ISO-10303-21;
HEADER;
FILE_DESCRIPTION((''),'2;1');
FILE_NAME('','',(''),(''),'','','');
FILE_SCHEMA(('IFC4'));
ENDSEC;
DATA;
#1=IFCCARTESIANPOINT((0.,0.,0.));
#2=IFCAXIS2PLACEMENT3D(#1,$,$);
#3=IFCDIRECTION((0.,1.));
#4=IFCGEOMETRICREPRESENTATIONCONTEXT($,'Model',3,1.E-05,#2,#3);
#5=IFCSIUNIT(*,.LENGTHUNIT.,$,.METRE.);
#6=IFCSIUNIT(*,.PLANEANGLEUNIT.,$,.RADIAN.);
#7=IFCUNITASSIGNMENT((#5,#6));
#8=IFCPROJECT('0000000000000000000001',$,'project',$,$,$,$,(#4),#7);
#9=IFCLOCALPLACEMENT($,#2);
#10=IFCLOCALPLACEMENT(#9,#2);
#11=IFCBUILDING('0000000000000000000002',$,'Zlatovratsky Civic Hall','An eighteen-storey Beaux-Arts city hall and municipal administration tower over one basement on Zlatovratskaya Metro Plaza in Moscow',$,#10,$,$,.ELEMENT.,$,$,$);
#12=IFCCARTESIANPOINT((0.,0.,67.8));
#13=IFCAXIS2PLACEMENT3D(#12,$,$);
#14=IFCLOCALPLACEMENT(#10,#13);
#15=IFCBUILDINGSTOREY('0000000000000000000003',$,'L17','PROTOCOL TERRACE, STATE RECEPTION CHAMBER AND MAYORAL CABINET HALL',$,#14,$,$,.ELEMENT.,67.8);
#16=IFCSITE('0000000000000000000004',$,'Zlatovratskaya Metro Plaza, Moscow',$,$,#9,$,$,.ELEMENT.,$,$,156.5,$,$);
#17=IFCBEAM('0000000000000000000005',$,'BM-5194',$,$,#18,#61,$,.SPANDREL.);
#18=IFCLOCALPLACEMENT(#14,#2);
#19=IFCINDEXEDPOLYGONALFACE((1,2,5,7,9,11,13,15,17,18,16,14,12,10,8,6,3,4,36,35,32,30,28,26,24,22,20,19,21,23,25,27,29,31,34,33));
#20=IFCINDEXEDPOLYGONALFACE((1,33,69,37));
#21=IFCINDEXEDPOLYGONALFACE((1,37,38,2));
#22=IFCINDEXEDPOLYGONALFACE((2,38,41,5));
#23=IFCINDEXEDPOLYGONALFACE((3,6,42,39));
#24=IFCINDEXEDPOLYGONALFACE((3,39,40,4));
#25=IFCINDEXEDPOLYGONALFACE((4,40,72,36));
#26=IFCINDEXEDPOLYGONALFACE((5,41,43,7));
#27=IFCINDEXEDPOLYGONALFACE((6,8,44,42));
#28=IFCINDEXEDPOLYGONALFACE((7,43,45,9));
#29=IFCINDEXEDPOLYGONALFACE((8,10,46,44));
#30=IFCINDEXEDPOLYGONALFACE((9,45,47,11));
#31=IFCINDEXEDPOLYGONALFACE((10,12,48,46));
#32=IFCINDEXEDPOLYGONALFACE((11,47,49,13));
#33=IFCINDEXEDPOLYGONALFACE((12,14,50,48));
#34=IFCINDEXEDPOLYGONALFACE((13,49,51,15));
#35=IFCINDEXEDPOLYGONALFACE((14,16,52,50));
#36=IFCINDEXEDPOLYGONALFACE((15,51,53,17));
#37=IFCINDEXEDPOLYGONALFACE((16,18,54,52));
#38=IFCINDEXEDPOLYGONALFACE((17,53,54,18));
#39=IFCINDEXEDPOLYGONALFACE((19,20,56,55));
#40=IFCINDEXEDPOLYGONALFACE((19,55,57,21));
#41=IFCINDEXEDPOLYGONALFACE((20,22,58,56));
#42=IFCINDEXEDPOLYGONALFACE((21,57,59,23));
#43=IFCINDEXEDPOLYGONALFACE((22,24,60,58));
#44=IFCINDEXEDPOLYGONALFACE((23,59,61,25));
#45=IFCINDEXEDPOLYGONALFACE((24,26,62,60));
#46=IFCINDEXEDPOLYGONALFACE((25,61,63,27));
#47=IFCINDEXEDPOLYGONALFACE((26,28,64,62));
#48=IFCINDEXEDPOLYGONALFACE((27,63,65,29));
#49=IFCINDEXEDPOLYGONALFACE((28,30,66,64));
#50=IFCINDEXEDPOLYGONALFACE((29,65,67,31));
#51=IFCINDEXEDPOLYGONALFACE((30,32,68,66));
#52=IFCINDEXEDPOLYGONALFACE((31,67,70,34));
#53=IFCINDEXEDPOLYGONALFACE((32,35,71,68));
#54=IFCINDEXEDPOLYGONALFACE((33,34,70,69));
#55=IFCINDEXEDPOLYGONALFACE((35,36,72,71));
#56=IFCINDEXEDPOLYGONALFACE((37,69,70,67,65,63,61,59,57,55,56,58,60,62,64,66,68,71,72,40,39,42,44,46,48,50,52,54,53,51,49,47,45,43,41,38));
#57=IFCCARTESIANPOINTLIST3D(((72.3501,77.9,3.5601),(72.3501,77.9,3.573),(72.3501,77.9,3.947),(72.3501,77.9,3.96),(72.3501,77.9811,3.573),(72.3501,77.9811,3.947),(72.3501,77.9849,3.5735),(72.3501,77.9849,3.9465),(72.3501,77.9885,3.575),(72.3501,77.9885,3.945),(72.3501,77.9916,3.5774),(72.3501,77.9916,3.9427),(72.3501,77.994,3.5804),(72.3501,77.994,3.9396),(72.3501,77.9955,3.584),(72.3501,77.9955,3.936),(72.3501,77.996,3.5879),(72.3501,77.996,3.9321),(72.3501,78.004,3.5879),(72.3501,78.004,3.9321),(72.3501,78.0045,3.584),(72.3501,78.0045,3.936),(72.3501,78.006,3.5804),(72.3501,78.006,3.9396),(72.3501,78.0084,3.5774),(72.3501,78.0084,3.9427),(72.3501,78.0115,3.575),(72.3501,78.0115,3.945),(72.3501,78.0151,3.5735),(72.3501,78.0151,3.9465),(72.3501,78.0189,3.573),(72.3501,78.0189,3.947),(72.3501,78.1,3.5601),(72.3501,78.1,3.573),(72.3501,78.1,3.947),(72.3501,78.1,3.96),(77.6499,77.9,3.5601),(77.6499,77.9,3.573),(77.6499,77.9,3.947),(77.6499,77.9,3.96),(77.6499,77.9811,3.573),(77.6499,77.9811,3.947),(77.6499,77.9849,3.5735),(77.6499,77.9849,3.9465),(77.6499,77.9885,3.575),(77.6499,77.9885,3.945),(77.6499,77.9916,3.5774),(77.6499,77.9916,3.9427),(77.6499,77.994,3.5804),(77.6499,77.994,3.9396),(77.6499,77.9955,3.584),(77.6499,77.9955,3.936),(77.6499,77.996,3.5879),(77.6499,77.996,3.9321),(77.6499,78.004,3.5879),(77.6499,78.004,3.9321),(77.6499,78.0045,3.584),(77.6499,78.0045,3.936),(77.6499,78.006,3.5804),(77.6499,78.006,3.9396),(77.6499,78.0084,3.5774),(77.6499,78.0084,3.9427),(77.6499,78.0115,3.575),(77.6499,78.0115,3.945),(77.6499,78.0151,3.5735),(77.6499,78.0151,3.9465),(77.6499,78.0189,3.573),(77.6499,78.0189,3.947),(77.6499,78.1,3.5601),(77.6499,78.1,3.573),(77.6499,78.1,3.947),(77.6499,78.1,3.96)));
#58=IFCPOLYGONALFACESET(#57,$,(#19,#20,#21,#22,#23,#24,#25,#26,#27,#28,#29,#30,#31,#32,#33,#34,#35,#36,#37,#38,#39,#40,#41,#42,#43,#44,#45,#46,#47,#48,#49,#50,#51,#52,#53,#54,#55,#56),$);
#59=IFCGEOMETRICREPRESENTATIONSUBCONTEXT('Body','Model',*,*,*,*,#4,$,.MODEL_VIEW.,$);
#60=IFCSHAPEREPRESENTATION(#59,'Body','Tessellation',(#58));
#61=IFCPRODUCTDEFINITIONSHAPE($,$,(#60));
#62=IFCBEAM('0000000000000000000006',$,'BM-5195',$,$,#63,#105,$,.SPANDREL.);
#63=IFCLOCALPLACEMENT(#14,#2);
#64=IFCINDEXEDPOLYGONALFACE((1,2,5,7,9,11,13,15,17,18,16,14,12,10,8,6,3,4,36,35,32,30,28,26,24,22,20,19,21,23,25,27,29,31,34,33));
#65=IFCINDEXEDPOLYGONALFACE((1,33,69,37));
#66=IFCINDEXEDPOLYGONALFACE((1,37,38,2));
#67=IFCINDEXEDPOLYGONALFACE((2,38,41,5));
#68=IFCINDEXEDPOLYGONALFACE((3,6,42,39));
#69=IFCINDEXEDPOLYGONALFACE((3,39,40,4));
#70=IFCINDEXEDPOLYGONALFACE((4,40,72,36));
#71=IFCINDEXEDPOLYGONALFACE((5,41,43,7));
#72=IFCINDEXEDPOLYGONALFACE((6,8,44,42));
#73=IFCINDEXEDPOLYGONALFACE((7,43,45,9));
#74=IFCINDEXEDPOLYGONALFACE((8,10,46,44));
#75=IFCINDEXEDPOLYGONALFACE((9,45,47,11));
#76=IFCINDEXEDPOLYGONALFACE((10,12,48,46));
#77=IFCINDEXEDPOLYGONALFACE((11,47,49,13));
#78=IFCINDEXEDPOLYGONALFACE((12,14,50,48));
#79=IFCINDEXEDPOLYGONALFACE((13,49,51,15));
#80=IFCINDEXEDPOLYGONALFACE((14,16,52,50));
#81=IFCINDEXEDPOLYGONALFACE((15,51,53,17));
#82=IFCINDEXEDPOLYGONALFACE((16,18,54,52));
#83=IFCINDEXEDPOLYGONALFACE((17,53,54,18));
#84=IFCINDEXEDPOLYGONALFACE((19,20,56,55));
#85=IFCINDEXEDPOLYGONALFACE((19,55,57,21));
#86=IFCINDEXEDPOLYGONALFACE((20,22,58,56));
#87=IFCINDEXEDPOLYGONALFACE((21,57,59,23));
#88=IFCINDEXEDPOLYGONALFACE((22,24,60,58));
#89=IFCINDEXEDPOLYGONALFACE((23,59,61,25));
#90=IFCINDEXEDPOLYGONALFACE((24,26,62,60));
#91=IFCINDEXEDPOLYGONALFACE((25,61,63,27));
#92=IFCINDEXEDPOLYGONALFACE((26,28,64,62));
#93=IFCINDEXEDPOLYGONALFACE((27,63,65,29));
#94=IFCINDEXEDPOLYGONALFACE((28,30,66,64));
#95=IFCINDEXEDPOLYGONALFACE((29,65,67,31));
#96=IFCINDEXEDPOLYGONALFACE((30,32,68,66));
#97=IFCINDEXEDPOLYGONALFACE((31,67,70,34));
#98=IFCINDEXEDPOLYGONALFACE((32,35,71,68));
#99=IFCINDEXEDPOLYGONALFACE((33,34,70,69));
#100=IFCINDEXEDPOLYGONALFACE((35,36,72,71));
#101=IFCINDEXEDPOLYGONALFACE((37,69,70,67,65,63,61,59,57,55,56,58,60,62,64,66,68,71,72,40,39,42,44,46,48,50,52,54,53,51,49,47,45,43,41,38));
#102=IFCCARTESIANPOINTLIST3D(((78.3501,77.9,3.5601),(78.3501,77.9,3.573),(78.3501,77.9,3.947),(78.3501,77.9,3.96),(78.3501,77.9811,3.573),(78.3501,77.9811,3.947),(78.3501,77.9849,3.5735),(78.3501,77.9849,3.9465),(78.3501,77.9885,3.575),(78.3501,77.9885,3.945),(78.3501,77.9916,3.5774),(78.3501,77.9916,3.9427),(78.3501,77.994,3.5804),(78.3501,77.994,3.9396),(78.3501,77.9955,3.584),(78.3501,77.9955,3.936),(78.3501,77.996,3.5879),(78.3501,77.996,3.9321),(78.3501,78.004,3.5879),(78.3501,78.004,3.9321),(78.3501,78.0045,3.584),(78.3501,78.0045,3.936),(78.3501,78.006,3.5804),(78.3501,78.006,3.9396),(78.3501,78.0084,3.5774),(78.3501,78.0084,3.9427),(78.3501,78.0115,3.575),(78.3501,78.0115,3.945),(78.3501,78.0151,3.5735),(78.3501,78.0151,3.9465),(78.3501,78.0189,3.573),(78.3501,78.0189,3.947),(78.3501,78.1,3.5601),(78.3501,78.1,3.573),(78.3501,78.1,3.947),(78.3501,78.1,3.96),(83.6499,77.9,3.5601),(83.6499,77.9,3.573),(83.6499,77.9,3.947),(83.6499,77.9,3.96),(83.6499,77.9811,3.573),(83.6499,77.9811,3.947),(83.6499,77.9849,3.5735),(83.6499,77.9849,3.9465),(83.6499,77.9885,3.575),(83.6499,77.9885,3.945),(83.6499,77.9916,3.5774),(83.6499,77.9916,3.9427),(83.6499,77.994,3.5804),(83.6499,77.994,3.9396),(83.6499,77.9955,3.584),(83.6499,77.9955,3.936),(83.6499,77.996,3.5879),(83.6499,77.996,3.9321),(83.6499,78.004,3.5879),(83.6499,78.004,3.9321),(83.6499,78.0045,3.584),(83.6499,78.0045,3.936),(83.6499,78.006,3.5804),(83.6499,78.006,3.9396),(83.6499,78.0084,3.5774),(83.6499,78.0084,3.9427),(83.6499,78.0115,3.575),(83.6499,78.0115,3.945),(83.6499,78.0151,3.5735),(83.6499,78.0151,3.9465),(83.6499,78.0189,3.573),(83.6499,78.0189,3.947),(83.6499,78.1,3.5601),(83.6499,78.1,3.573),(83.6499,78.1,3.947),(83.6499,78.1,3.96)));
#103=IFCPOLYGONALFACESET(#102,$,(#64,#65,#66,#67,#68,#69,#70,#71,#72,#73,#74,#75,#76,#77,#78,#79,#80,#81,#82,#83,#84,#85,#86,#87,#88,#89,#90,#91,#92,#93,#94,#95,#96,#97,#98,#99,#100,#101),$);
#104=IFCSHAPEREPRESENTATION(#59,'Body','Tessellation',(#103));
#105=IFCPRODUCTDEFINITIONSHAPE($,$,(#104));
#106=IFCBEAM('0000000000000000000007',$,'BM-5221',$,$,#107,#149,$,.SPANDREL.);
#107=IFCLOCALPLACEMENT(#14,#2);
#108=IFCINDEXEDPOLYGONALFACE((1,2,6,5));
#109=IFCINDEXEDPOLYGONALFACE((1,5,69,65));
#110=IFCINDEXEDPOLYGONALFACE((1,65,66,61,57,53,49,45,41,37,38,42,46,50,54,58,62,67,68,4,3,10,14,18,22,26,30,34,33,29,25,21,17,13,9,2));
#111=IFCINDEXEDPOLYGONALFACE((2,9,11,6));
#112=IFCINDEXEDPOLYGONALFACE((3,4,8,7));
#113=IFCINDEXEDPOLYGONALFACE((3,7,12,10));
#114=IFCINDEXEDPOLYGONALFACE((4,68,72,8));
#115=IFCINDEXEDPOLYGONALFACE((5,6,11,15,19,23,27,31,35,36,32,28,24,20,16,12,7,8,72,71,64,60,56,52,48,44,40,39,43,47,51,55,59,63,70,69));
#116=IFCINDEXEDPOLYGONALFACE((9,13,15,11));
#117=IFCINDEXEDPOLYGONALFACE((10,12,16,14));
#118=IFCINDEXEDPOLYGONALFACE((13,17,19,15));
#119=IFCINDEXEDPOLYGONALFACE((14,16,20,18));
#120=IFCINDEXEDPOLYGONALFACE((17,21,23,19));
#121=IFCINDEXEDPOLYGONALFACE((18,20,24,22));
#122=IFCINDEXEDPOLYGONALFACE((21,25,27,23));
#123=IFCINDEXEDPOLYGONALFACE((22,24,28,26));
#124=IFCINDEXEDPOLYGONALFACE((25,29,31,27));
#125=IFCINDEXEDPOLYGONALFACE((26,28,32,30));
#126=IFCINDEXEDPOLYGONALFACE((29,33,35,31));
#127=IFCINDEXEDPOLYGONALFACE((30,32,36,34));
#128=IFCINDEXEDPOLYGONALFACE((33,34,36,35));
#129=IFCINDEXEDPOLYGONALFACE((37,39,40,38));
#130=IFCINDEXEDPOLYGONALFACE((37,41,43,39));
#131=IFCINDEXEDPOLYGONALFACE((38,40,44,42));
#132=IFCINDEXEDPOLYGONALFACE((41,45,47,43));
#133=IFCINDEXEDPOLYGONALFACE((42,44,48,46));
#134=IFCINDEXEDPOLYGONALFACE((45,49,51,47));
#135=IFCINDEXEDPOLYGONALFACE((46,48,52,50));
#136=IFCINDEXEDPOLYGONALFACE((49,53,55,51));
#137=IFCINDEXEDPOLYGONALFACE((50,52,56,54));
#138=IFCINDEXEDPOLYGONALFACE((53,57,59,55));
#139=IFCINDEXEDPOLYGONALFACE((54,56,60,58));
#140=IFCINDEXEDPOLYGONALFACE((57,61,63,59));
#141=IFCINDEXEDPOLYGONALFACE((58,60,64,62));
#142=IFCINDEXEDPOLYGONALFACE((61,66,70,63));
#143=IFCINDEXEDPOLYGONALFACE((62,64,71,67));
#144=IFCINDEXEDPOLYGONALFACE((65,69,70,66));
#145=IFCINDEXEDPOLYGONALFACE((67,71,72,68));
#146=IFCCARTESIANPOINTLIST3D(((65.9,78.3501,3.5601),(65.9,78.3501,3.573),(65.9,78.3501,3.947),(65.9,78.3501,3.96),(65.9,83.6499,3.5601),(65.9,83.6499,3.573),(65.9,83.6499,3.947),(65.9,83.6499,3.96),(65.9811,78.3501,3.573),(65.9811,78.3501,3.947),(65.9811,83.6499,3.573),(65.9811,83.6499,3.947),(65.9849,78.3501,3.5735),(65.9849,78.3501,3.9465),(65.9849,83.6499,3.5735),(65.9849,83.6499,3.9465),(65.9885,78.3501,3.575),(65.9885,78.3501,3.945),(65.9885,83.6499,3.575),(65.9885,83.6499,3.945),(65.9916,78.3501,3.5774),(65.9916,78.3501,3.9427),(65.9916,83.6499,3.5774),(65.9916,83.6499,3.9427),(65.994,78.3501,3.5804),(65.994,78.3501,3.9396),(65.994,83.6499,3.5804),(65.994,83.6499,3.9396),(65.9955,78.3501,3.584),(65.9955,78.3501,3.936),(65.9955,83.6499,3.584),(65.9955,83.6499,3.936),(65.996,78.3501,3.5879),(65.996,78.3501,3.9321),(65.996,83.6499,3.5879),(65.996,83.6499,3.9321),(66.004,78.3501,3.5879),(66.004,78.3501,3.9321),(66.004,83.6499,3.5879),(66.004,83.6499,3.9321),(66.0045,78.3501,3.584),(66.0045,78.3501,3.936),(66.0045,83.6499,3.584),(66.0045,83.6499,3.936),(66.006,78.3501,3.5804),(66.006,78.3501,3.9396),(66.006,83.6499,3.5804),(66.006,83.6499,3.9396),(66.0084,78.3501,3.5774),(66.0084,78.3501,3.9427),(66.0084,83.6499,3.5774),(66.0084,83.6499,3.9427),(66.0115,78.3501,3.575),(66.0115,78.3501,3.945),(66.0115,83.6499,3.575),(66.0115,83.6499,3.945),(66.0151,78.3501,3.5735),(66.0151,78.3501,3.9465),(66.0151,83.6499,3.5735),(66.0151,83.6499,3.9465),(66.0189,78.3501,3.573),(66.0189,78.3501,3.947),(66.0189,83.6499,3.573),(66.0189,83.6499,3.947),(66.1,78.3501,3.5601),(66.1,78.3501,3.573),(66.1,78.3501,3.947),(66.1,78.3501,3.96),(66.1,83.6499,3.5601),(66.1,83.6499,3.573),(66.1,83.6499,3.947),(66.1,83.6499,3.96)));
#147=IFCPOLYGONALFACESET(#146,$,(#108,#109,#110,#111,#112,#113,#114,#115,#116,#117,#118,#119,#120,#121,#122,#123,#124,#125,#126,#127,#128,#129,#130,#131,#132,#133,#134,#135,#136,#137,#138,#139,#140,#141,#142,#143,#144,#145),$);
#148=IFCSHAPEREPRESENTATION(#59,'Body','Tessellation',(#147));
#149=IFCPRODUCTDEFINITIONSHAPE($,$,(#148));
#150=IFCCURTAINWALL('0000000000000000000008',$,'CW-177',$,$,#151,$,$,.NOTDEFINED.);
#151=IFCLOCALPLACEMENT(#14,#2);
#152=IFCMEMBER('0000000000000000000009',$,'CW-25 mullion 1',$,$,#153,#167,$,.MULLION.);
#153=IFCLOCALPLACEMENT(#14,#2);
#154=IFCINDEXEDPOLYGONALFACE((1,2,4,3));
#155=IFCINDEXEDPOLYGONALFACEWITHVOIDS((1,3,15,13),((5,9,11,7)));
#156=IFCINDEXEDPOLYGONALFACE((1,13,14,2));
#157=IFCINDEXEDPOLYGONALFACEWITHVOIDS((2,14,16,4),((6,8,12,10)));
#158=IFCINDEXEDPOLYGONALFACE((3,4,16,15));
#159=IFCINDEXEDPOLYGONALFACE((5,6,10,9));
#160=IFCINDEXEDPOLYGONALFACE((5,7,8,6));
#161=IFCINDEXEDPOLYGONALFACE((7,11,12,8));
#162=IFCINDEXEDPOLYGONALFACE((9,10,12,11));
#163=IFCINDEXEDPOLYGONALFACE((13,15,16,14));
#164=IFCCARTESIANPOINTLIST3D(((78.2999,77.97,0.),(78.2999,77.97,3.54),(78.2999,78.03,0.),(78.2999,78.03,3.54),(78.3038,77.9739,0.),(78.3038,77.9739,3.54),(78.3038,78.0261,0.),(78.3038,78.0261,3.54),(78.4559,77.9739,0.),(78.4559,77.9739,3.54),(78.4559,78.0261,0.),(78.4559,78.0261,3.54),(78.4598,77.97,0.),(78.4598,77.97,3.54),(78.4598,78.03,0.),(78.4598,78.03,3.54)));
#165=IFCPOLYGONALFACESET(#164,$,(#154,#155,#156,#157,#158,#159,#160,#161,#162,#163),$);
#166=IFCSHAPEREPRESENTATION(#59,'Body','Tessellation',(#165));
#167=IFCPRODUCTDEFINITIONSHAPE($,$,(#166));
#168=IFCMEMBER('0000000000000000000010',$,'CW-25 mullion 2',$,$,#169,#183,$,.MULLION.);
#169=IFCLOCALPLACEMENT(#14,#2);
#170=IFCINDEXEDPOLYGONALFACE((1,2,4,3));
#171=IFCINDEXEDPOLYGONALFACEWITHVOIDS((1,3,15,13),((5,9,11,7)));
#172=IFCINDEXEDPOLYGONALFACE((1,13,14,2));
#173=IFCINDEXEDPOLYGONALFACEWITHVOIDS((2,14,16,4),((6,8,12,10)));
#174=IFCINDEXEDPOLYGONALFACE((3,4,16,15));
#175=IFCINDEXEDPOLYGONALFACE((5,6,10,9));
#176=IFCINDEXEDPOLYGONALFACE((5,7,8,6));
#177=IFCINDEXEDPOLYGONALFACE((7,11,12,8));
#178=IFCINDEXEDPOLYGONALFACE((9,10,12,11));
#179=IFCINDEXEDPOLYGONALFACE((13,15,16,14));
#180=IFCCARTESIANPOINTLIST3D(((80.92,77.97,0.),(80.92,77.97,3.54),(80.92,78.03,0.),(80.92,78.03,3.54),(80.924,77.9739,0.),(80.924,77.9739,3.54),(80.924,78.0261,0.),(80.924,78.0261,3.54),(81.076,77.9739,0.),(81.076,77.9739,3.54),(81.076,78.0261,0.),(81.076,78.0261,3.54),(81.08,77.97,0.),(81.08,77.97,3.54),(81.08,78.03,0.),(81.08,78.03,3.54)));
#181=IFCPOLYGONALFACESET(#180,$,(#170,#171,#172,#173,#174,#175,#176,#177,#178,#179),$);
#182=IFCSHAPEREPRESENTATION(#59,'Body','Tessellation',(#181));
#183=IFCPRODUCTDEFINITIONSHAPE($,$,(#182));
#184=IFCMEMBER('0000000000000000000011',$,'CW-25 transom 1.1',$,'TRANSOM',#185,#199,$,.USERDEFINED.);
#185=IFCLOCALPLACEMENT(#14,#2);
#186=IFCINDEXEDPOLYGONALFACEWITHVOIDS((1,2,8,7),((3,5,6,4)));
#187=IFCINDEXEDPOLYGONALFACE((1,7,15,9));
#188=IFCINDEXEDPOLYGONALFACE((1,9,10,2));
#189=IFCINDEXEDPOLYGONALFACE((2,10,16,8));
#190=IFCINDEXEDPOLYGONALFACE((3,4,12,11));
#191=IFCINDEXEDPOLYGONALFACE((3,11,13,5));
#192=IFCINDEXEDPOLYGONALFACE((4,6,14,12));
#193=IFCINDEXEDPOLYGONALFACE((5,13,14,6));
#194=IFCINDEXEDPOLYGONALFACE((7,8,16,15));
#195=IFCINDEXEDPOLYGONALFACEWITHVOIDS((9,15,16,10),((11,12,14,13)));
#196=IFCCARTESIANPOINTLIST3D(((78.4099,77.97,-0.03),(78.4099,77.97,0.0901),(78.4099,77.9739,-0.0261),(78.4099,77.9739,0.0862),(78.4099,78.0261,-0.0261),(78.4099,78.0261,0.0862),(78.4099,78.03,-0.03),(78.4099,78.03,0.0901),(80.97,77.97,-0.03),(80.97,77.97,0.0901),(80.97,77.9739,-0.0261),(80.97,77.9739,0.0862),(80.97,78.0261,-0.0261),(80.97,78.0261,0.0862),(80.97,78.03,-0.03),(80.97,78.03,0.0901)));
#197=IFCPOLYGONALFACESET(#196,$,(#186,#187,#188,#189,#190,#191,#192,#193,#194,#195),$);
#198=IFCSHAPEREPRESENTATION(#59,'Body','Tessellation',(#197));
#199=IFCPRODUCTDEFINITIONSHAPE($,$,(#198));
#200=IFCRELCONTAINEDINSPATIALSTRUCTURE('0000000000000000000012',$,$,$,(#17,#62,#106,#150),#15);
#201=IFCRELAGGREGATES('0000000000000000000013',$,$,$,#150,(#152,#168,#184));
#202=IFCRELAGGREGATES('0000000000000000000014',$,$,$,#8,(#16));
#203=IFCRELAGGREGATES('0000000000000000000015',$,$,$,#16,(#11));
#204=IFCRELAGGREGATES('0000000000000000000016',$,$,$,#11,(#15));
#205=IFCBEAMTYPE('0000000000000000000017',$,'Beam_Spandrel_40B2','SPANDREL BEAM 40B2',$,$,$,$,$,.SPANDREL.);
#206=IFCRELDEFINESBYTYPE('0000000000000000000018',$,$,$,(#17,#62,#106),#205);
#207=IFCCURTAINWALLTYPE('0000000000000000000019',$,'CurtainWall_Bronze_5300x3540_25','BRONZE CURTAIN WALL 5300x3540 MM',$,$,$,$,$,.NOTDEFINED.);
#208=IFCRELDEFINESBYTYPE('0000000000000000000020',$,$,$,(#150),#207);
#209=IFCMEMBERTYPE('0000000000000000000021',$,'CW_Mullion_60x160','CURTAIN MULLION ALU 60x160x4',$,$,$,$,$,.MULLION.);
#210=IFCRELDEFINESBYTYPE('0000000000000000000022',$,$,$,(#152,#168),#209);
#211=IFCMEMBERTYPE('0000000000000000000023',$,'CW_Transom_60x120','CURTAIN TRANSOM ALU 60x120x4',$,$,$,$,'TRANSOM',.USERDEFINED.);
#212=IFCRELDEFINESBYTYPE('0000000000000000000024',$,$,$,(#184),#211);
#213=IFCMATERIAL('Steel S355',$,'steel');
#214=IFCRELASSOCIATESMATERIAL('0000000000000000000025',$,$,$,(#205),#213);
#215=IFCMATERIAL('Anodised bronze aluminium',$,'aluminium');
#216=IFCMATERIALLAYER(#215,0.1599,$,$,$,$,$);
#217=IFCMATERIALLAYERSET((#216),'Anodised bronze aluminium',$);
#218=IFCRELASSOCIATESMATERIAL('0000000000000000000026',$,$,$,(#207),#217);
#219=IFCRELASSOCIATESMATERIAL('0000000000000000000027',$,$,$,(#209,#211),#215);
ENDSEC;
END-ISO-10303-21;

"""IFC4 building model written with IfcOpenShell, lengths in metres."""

from ifc_helpers import new_model, si_unit, direction, frame, origin, origin_2d, place, context, subcontext, project, spatial, hollow_rectangle, i_section, extrude, material, layer, layer_set, material_profile, profile_set, type_object, element, aggregate, save


model = new_model("IFC4")

# Units and contexts
model_context = context("Model", 3, precision=1e-05, world=origin(), true_north=direction((0.0, 1.0)))
body_context = subcontext(model_context, "Body", "Model", "MODEL_VIEW")
ifc_project = project(units=[si_unit("LENGTHUNIT", "METRE"), si_unit("PLANEANGLEUNIT", "RADIAN")], contexts=[model_context])

# Site, building, storey
site_placement = place(None, origin())
site = spatial("IfcSite", under=ifc_project, at=site_placement, Name="Zlatovratskaya Metro Plaza, Moscow", CompositionType="ELEMENT", RefElevation=156.5)
building_placement = place(site_placement, origin())
building = spatial("IfcBuilding", under=site, at=building_placement, Name="Zlatovratsky Civic Hall", Description="An eighteen-storey Beaux-Arts city hall and municipal administration tower over one basement on Zlatovratskaya Metro Plaza in Moscow", CompositionType="ELEMENT")
storey_placement = place(building_placement, frame((0.0, 0.0, 67.8)))
storey = spatial("IfcBuildingStorey", under=building, at=storey_placement, Name="L17", Description="PROTOCOL TERRACE, STATE RECEPTION CHAMBER AND MAYORAL CABINET HALL", CompositionType="ELEMENT", Elevation=67.8)

# Beams
ifc_material_1 = material(Name="Steel S355", Category="steel")
ifc_material_profile_1 = material_profile(ifc_material_1, i_section(OverallWidth=0.2, OverallDepth=0.3999, WebThickness=0.0081, FlangeThickness=0.0129, FilletRadius=0.0149, at=origin_2d()), Name="40B2")
ifc_profile_set_1 = profile_set([ifc_material_profile_1], Name="Steel S355")
beam_type_1 = type_object("IfcBeamType", Name="Beam_Spandrel_40B2", Description="SPANDREL BEAM 40B2", PredefinedType="SPANDREL", material=ifc_profile_set_1)
for number, where, z_axis, x_axis, name in (
    (1, (72.3501, 78.0, 3.76), (1.0, 0.0, 0.0), (0.0, 1.0, 0.0), "BM-5194"),
    (2, (78.3501, 78.0, 3.76), (1.0, 0.0, 0.0), (0.0, 1.0, 0.0), "BM-5195"),
    (3, (66.0, 78.3501, 3.76), (0.0, 1.0, 0.0), (-1.0, 0.0, 0.0), "BM-5221"),
):
    element("IfcBeam", number, at=place(storey_placement, frame(where, z_axis=z_axis, x_axis=x_axis)), inside=storey, type_object=beam_type_1, Name=name, PredefinedType="SPANDREL", context=body_context, shape_type="SweptSolid", body=[
        extrude(i_section(OverallWidth=0.2, OverallDepth=0.3999, WebThickness=0.0081, FlangeThickness=0.0129, FilletRadius=0.0149, at=origin_2d()), origin(), (0.0, 0.0, 1.0), 5.2998),
    ])

# Curtain wall, members
ifc_material_2 = material(Name="Anodised bronze aluminium", Category="aluminium")
ifc_layer_1 = layer(ifc_material_2, 0.1599)
ifc_layer_set_1 = layer_set([ifc_layer_1], Name="Anodised bronze aluminium")
curtain_wall_type = type_object("IfcCurtainWallType", Name="CurtainWall_Bronze_5300x3540_25", Description="BRONZE CURTAIN WALL 5300x3540 MM", PredefinedType="NOTDEFINED", material=ifc_layer_set_1)
curtain_wall_placement = place(storey_placement, origin())
curtain_wall = element("IfcCurtainWall", 4, at=curtain_wall_placement, inside=storey, type_object=curtain_wall_type, Name="CW-177", PredefinedType="NOTDEFINED")
ifc_material_profile_2 = material_profile(ifc_material_2, hollow_rectangle(XDim=0.0601, YDim=0.1599, WallThickness=0.0039, at=origin_2d()), Name="ALU 60x160x4")
ifc_profile_set_2 = profile_set([ifc_material_profile_2], Name="Anodised bronze aluminium")
member_type_1 = type_object("IfcMemberType", Name="CW_Mullion_60x160", Description="CURTAIN MULLION ALU 60x160x4", PredefinedType="MULLION", material=ifc_profile_set_2)
member_1_placement = place(storey_placement, frame((78.3799, 78.0, 0.0), z_axis=(0.0, 0.0, 1.0), x_axis=(0.0, 1.0, 0.0)))
member_1 = element("IfcMember", 5, at=member_1_placement, type_object=member_type_1, Name="CW-25 mullion 1", PredefinedType="MULLION", context=body_context, shape_type="SweptSolid", body=[
    extrude(hollow_rectangle(XDim=0.0601, YDim=0.1599, WallThickness=0.0039, at=origin_2d()), origin(), (0.0, 0.0, 1.0), 3.54),
])
member_2_placement = place(storey_placement, frame((81.0, 78.0, 0.0), z_axis=(0.0, 0.0, 1.0), x_axis=(0.0, 1.0, 0.0)))
member_2 = element("IfcMember", 6, at=member_2_placement, type_object=member_type_1, Name="CW-25 mullion 2", PredefinedType="MULLION", context=body_context, shape_type="SweptSolid", body=[
    extrude(hollow_rectangle(XDim=0.0601, YDim=0.1599, WallThickness=0.0039, at=origin_2d()), origin(), (0.0, 0.0, 1.0), 3.54),
])
ifc_material_profile_3 = material_profile(ifc_material_2, hollow_rectangle(XDim=0.0601, YDim=0.1201, WallThickness=0.0039, at=origin_2d()), Name="ALU 60x120x4")
ifc_profile_set_3 = profile_set([ifc_material_profile_3], Name="Anodised bronze aluminium")
member_type_2 = type_object("IfcMemberType", Name="CW_Transom_60x120", Description="CURTAIN TRANSOM ALU 60x120x4", ElementType="TRANSOM", PredefinedType="USERDEFINED", material=ifc_profile_set_3)
member_3_placement = place(storey_placement, frame((78.4099, 78.0, 0.03), z_axis=(1.0, 0.0, 0.0), x_axis=(0.0, 1.0, 0.0)))
member_3 = element("IfcMember", 7, at=member_3_placement, type_object=member_type_2, Name="CW-25 transom 1.1", ObjectType="TRANSOM", PredefinedType="USERDEFINED", context=body_context, shape_type="SweptSolid", body=[
    extrude(hollow_rectangle(XDim=0.0601, YDim=0.1201, WallThickness=0.0039, at=origin_2d()), origin(), (0.0, 0.0, 1.0), 2.5601),
])
aggregate(curtain_wall, [member_1, member_2, member_3])

save(model, "model.ifc")
